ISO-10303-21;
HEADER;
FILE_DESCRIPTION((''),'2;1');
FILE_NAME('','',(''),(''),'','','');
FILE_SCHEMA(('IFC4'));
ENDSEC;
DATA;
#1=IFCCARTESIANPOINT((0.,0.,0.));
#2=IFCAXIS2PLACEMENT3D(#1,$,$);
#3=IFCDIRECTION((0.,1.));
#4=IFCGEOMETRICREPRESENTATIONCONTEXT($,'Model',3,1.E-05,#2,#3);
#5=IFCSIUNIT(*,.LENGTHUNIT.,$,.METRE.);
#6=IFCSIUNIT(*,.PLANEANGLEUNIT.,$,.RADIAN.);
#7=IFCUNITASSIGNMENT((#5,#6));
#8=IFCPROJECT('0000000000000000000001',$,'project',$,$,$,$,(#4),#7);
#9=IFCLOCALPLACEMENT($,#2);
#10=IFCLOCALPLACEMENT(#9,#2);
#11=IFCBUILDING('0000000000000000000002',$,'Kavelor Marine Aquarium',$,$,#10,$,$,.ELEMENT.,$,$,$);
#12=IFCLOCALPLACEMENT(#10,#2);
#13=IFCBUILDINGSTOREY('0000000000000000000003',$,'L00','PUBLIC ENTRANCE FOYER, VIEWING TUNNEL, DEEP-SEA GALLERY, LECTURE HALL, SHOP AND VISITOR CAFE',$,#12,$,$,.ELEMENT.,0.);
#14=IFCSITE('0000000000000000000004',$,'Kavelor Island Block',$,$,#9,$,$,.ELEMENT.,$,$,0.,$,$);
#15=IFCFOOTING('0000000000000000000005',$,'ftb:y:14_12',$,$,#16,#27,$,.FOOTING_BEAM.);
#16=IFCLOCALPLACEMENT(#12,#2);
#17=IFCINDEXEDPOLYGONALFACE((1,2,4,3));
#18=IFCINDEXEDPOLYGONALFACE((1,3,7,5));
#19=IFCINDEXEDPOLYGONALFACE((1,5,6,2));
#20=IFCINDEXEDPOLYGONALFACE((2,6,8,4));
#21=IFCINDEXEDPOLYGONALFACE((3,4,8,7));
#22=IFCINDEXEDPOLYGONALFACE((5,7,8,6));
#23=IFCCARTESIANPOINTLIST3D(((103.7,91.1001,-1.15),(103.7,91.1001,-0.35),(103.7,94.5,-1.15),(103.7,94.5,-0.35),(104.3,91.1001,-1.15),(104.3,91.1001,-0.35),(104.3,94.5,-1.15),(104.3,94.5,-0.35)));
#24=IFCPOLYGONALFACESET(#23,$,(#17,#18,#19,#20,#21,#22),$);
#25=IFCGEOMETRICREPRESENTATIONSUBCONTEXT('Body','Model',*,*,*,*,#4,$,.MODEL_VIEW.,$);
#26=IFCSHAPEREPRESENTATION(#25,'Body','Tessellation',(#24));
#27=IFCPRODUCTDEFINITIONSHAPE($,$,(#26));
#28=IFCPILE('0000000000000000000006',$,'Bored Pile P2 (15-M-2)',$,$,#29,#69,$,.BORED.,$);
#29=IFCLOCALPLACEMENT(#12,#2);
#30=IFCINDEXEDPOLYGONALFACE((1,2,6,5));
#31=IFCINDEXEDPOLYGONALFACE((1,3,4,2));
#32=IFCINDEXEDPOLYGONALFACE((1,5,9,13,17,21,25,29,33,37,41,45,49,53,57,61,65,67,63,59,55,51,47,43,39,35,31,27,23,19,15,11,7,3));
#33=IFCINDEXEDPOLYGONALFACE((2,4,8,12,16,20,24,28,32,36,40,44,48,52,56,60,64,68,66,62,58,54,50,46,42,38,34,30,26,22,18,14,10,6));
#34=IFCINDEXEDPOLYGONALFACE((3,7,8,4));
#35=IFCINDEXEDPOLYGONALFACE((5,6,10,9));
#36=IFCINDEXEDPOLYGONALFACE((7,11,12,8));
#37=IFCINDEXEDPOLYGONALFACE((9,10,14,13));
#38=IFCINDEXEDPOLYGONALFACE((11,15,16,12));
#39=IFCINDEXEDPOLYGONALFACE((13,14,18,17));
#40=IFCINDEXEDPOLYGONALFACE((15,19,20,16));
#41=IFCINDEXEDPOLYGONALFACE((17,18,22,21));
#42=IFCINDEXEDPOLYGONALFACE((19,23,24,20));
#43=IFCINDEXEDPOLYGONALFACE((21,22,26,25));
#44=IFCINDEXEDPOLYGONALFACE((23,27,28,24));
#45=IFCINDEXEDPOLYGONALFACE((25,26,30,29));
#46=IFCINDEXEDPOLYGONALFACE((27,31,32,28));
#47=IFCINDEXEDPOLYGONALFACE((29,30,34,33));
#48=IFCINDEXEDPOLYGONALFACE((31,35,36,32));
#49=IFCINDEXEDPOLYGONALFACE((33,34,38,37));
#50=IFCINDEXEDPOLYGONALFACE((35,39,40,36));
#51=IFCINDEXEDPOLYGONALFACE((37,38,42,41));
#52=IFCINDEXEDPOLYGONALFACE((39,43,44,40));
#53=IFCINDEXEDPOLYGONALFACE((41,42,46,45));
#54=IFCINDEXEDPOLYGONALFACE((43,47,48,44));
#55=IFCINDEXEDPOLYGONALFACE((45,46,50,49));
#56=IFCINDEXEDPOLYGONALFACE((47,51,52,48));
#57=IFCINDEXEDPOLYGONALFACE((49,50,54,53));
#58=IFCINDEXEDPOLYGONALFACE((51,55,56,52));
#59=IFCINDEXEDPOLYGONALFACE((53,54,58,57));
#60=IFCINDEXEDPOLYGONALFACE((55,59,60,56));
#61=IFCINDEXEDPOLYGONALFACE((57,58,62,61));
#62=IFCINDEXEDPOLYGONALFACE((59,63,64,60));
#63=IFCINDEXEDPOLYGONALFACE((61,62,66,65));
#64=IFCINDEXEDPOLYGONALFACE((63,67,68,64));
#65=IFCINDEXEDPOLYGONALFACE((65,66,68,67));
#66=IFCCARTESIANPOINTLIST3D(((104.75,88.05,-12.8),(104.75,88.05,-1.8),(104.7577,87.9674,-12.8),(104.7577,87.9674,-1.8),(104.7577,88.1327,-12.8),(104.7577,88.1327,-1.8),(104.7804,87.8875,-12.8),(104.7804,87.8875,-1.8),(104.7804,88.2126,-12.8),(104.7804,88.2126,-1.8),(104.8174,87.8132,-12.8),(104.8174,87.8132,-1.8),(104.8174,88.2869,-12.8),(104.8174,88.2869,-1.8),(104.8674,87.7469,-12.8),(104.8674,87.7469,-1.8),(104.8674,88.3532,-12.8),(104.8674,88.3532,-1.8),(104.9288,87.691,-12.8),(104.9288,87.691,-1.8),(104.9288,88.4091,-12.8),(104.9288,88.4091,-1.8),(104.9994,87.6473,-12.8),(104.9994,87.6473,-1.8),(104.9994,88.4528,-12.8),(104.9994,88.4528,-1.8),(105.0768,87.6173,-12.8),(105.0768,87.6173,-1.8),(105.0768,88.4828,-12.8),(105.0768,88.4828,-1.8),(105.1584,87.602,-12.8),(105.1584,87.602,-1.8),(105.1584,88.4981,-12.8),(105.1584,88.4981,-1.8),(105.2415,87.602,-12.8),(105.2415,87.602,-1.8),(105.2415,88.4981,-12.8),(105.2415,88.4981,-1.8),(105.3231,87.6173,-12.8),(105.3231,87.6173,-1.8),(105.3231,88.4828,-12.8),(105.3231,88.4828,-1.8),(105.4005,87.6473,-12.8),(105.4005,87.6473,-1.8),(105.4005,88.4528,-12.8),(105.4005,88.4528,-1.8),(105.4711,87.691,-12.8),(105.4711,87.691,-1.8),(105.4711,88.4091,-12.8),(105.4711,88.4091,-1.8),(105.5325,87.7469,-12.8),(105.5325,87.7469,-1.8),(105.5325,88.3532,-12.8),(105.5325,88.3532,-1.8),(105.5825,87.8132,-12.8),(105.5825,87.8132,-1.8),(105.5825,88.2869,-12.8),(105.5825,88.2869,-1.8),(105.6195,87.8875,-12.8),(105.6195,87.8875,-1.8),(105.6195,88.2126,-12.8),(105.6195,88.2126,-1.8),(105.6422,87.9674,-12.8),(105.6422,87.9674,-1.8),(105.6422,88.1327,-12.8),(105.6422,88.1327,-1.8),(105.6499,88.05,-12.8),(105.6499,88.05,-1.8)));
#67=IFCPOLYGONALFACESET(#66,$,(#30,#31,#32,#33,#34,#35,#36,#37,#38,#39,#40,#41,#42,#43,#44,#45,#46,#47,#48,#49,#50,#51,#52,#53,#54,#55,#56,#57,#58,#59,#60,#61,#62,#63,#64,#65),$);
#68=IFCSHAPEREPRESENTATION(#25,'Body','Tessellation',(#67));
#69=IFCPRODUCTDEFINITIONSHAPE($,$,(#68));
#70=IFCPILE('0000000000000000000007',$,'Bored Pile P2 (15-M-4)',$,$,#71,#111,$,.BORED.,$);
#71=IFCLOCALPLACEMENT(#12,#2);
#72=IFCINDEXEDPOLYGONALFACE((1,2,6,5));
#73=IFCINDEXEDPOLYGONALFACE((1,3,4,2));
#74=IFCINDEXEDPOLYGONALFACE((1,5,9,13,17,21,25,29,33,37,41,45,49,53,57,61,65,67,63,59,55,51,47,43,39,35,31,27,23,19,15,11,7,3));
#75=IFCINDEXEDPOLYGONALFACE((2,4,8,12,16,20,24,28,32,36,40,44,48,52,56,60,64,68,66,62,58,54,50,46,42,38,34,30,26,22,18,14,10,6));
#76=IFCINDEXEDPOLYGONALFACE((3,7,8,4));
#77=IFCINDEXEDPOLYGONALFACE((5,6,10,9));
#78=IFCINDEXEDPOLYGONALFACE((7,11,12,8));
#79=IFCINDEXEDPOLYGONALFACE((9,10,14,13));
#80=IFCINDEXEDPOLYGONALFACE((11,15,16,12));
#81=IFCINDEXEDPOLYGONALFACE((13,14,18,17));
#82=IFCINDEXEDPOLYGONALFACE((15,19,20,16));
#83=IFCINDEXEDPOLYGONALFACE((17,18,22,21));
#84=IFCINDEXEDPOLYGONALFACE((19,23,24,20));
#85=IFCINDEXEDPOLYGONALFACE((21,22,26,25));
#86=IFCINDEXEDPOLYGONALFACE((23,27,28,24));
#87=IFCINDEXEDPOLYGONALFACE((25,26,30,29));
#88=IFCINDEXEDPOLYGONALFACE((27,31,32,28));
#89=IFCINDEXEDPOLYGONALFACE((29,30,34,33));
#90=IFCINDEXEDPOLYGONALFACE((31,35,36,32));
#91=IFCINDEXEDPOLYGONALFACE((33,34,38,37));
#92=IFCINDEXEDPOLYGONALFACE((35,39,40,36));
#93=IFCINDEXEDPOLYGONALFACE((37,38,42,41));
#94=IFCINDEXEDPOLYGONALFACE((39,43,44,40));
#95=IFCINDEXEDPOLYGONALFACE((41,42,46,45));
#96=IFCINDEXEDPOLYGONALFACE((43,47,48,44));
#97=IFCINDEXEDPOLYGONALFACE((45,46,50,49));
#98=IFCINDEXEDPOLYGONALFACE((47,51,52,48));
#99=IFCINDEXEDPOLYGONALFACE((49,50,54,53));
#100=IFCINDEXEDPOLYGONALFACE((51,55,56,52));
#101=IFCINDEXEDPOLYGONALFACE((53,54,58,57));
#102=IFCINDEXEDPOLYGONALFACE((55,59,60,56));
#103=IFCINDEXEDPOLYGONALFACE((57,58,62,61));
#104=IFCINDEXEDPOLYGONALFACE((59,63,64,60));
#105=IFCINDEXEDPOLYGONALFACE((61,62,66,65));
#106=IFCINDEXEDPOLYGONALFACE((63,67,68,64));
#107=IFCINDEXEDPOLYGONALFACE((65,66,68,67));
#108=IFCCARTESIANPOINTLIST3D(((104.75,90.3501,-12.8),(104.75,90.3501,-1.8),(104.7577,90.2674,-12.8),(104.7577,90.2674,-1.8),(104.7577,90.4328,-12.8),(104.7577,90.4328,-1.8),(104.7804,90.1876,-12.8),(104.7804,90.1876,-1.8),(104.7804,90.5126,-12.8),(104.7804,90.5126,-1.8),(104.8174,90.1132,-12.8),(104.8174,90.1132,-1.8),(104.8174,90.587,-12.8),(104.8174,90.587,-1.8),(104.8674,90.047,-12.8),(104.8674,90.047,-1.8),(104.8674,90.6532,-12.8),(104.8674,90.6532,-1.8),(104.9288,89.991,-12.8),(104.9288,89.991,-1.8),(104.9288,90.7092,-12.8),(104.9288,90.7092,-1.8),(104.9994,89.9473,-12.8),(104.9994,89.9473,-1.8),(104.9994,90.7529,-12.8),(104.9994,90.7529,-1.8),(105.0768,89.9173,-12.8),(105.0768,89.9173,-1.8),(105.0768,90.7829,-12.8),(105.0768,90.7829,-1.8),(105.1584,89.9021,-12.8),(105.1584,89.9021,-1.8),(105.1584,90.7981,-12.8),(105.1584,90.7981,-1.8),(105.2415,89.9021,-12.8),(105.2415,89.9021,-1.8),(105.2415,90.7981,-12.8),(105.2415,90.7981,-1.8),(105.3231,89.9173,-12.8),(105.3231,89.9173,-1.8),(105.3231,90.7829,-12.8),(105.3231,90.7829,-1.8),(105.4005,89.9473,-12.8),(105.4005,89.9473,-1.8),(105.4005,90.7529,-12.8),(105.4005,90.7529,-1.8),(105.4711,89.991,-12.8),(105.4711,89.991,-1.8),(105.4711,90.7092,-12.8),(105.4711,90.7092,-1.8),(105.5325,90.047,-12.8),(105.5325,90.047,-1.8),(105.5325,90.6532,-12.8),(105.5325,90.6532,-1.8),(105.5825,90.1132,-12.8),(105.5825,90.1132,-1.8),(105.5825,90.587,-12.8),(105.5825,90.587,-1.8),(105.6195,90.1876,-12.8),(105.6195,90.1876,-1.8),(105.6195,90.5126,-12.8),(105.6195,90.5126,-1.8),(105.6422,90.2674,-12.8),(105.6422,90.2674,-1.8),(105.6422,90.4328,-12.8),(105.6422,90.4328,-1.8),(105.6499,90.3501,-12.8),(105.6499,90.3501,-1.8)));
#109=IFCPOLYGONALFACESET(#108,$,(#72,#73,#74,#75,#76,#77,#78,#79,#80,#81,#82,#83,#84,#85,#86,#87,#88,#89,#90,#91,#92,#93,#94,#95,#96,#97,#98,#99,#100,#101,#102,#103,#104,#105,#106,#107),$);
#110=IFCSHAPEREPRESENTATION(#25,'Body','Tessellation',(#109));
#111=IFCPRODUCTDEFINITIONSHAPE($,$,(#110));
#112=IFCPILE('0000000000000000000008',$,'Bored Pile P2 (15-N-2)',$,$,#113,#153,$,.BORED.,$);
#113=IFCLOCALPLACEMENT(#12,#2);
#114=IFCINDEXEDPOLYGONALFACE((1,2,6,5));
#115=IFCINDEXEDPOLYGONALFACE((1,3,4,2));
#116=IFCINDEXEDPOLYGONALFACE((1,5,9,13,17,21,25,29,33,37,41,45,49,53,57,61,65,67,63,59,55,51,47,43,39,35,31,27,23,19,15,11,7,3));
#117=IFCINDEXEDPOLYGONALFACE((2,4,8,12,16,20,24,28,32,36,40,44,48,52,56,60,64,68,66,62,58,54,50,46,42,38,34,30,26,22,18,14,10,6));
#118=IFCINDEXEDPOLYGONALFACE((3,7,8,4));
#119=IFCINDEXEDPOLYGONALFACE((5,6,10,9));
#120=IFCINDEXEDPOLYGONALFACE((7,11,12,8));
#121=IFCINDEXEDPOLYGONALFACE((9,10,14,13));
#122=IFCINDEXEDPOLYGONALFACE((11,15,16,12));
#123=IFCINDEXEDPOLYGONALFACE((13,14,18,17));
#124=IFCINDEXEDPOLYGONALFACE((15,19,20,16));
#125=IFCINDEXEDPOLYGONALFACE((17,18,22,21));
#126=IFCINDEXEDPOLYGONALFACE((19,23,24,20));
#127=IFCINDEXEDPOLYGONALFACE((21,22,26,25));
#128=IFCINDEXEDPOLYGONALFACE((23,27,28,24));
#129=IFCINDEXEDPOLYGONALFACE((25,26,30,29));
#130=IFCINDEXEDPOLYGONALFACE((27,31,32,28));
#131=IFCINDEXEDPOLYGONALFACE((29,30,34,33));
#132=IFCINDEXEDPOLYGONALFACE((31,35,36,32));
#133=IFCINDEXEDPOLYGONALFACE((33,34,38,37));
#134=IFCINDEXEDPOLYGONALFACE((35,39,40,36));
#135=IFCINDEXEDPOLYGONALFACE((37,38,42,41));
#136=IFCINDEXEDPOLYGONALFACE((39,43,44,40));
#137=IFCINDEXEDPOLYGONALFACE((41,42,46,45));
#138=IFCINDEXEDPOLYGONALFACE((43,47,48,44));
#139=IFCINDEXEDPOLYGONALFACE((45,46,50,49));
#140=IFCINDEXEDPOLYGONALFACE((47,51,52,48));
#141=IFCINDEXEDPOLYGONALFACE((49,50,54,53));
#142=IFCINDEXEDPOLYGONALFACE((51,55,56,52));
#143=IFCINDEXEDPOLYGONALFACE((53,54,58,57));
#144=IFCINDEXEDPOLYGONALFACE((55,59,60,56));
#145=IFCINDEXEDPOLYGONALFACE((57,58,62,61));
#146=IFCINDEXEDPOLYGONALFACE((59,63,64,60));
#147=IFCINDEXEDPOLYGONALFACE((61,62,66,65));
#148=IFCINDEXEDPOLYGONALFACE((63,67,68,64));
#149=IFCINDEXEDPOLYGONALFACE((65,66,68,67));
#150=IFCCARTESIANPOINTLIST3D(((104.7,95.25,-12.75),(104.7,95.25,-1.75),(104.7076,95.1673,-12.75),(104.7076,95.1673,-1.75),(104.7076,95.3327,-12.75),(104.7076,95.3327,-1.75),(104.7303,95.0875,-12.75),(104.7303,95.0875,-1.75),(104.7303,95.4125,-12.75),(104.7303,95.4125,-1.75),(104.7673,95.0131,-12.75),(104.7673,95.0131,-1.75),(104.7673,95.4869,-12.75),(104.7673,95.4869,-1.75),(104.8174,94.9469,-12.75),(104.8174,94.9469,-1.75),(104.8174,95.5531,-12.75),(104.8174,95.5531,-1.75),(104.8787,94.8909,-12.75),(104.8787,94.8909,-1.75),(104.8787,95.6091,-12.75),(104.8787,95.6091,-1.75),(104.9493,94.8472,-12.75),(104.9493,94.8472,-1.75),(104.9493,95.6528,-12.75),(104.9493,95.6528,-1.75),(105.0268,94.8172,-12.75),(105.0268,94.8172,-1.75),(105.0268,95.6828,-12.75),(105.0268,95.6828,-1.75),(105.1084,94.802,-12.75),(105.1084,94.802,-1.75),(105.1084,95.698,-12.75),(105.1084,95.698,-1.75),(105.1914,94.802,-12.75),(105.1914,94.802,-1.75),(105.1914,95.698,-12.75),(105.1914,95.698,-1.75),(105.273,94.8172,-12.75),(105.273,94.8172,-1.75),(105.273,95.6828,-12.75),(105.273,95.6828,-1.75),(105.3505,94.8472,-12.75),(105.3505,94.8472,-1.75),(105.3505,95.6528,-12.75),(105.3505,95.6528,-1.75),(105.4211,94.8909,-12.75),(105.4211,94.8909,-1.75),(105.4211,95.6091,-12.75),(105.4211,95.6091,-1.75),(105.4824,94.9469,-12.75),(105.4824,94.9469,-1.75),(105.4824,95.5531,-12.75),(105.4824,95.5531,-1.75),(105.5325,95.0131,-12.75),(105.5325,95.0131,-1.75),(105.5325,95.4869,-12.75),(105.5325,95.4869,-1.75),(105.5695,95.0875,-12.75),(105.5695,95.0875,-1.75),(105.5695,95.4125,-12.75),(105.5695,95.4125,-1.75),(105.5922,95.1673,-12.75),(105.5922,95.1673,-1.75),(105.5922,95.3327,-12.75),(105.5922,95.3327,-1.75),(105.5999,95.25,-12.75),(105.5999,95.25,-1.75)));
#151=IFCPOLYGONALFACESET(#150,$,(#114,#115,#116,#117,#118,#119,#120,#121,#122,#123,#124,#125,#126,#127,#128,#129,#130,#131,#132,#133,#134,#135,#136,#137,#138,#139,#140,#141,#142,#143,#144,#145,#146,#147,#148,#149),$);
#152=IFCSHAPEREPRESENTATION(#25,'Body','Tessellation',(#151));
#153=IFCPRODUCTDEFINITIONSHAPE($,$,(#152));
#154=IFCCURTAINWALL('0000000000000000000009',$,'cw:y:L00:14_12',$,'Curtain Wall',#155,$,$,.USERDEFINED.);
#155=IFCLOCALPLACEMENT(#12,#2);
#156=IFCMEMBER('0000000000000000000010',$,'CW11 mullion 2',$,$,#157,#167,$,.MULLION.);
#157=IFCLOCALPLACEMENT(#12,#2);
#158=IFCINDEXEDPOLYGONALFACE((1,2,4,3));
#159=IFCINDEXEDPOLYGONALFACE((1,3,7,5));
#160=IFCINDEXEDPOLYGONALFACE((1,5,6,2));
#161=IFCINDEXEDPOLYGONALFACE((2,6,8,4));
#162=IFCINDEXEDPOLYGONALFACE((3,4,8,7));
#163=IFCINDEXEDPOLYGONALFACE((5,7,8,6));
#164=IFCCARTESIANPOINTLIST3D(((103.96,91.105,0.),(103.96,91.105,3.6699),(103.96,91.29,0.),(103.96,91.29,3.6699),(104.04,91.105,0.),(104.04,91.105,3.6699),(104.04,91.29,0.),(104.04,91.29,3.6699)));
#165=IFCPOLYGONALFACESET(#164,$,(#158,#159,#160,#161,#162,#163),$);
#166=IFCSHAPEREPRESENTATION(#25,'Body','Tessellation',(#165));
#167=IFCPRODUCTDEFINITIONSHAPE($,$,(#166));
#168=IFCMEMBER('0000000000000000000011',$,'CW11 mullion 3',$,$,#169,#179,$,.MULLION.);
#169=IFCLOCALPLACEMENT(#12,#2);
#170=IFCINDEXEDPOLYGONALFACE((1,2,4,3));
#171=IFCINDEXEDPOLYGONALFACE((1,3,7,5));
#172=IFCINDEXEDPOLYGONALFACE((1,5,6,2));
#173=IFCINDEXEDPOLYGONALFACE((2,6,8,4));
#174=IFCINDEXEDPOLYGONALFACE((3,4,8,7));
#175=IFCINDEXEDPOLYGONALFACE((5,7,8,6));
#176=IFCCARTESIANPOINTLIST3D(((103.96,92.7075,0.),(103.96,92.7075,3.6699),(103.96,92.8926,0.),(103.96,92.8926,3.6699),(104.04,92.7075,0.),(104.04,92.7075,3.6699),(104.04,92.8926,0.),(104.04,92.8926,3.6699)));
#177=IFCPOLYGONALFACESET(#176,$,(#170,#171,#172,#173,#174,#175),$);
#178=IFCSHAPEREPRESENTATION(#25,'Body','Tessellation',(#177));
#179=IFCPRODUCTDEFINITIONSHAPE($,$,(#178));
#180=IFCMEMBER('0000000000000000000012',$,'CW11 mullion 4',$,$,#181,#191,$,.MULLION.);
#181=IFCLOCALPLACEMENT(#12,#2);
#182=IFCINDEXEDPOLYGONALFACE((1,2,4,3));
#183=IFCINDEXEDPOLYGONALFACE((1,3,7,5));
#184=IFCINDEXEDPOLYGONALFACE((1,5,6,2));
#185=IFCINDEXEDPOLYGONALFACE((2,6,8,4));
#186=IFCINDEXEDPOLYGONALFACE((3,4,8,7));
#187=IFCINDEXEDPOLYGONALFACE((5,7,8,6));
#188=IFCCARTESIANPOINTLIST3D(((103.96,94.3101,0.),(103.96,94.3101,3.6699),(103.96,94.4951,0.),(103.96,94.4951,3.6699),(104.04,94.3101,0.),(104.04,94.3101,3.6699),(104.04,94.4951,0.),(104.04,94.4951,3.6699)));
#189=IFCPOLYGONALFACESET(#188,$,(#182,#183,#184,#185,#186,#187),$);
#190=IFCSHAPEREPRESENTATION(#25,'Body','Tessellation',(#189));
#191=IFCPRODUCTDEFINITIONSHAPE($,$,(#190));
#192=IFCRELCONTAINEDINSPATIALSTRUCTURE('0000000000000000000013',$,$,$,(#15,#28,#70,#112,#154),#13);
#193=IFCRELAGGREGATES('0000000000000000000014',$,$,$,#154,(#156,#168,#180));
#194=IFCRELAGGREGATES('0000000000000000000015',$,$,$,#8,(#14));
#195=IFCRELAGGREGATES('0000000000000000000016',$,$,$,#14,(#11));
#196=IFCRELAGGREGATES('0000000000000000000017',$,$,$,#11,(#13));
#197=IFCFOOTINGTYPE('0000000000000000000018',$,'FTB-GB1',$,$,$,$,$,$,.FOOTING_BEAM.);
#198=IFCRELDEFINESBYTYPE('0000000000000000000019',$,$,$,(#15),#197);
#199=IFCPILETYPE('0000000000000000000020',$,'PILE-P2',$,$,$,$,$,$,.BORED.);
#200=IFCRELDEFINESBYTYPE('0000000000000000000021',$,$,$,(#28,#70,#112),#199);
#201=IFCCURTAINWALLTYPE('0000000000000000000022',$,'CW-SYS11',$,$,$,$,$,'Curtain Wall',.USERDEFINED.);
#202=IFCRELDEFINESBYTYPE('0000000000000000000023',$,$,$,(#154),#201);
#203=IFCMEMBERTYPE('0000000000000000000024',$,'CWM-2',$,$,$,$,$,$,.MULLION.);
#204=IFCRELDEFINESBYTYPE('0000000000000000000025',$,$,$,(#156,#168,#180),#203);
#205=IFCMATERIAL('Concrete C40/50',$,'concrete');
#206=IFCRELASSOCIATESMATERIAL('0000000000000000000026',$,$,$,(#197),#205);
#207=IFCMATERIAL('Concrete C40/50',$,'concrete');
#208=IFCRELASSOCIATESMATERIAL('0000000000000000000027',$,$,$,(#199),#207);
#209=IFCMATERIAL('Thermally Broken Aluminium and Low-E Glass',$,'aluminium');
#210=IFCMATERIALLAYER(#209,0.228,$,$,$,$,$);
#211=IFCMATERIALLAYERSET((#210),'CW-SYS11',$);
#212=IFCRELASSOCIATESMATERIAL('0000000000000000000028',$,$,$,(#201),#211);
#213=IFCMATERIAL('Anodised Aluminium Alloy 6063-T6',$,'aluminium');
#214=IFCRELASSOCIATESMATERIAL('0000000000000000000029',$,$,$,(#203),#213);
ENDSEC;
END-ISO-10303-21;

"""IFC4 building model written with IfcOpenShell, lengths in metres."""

from ifc_helpers import new_model, si_unit, direction, frame, origin, origin_2d, place, context, subcontext, project, spatial, rectangle, circle, extrude, material, layer, layer_set, material_profile, profile_set, type_object, element, aggregate, save


model = new_model("IFC4")

# Units and contexts
model_context = context("Model", 3, precision=1e-05, world=origin(), true_north=direction((0.0, 1.0)))
body_context = subcontext(model_context, "Body", "Model", "MODEL_VIEW")
ifc_project = project(units=[si_unit("LENGTHUNIT", "METRE"), si_unit("PLANEANGLEUNIT", "RADIAN")], contexts=[model_context])

# Site, building, storey
site_placement = place(None, origin())
site = spatial("IfcSite", under=ifc_project, at=site_placement, Name="Kavelor Island Block", CompositionType="ELEMENT", RefElevation=0.0)
building_placement = place(site_placement, origin())
building = spatial("IfcBuilding", under=site, at=building_placement, Name="Kavelor Marine Aquarium", CompositionType="ELEMENT")
storey_placement = place(building_placement, origin())
storey = spatial("IfcBuildingStorey", under=building, at=storey_placement, Name="L00", Description="PUBLIC ENTRANCE FOYER, VIEWING TUNNEL, DEEP-SEA GALLERY, LECTURE HALL, SHOP AND VISITOR CAFE", CompositionType="ELEMENT", Elevation=0.0)

# Footing
ifc_material_1 = material(Name="Concrete C40/50", Category="concrete")
ifc_material_profile_1 = material_profile(ifc_material_1, rectangle(XDim=0.6001, YDim=0.8, at=origin_2d()), Name="GB 600x800")
ifc_profile_set_1 = profile_set([ifc_material_profile_1], Name="Concrete C40/50")
footing_type = type_object("IfcFootingType", Name="FTB-GB1", PredefinedType="FOOTING_BEAM", material=ifc_profile_set_1)
footing_placement = place(storey_placement, frame((104.0, 91.1001, -0.75), z_axis=(0.0, 1.0, 0.0), x_axis=(-1.0, 0.0, 0.0)))
element("IfcFooting", 1, at=footing_placement, inside=storey, type_object=footing_type, Name="ftb:y:14_12", PredefinedType="FOOTING_BEAM", context=body_context, shape_type="SweptSolid", body=[
    extrude(rectangle(XDim=0.6001, YDim=0.8, at=origin_2d()), origin(), (0.0, 0.0, 1.0), 3.3999),
])

# Piles
ifc_material_2 = material(Name="Concrete C40/50", Category="concrete")
ifc_material_profile_2 = material_profile(ifc_material_2, circle(Radius=0.45, at=origin_2d()), Name="PILE D900")
ifc_profile_set_2 = profile_set([ifc_material_profile_2], Name="Concrete C40/50")
pile_type = type_object("IfcPileType", Name="PILE-P2", PredefinedType="BORED", material=ifc_profile_set_2)
for number, where, z_axis, x_axis, name in (
    (2, (105.2, 88.05, -1.8), (0.0, 0.0, -1.0), (1.0, 0.0, 0.0), "Bored Pile P2 (15-M-2)"),
    (3, (105.2, 90.3501, -1.8), (0.0, 0.0, -1.0), (1.0, 0.0, 0.0), "Bored Pile P2 (15-M-4)"),
    (4, (105.1499, 95.25, -1.75), (0.0, 0.0, -1.0), (1.0, 0.0, 0.0), "Bored Pile P2 (15-N-2)"),
):
    element("IfcPile", number, at=place(storey_placement, frame(where, z_axis=z_axis, x_axis=x_axis)), inside=storey, type_object=pile_type, Name=name, PredefinedType="BORED", context=body_context, shape_type="SweptSolid", body=[
        extrude(circle(Radius=0.45, at=origin_2d()), origin(), (0.0, 0.0, 1.0), 11.0),
    ])

# Curtain wall, members
ifc_material_3 = material(Name="Thermally Broken Aluminium and Low-E Glass", Category="aluminium")
ifc_layer_1 = layer(ifc_material_3, 0.228)
ifc_layer_set_1 = layer_set([ifc_layer_1], Name="CW-SYS11")
curtain_wall_type = type_object("IfcCurtainWallType", Name="CW-SYS11", ElementType="Curtain Wall", PredefinedType="USERDEFINED", material=ifc_layer_set_1)
curtain_wall_placement = place(storey_placement, origin())
curtain_wall = element("IfcCurtainWall", 5, at=curtain_wall_placement, inside=storey, type_object=curtain_wall_type, Name="cw:y:L00:14_12", ObjectType="Curtain Wall", PredefinedType="USERDEFINED")
ifc_material_4 = material(Name="Anodised Aluminium Alloy 6063-T6", Category="aluminium")
ifc_material_profile_3 = material_profile(ifc_material_4, rectangle(XDim=0.0801, YDim=0.1851, at=origin_2d()), Name="CW-MUL 80x185")
ifc_profile_set_3 = profile_set([ifc_material_profile_3], Name="Anodised Aluminium Alloy 6063-T6")
member_type_1 = type_object("IfcMemberType", Name="CWM-2", PredefinedType="MULLION", material=ifc_profile_set_3)
member_1_placement = place(storey_placement, frame((104.0, 91.1975, 0.0), z_axis=(0.0, 0.0, 1.0), x_axis=(-1.0, 0.0, 0.0)))
member_1 = element("IfcMember", 6, at=member_1_placement, type_object=member_type_1, Name="CW11 mullion 2", PredefinedType="MULLION", context=body_context, shape_type="SweptSolid", body=[
    extrude(rectangle(XDim=0.0801, YDim=0.1851, at=origin_2d()), origin(), (0.0, 0.0, 1.0), 3.6699),
])
member_2_placement = place(storey_placement, frame((104.0, 92.8, 0.0), z_axis=(0.0, 0.0, 1.0), x_axis=(-1.0, 0.0, 0.0)))
member_2 = element("IfcMember", 7, at=member_2_placement, type_object=member_type_1, Name="CW11 mullion 3", PredefinedType="MULLION", context=body_context, shape_type="SweptSolid", body=[
    extrude(rectangle(XDim=0.0801, YDim=0.1851, at=origin_2d()), origin(), (0.0, 0.0, 1.0), 3.6699),
])
member_3_placement = place(storey_placement, frame((104.0, 94.4026, 0.0), z_axis=(0.0, 0.0, 1.0), x_axis=(-1.0, 0.0, 0.0)))
member_3 = element("IfcMember", 8, at=member_3_placement, type_object=member_type_1, Name="CW11 mullion 4", PredefinedType="MULLION", context=body_context, shape_type="SweptSolid", body=[
    extrude(rectangle(XDim=0.0801, YDim=0.1851, at=origin_2d()), origin(), (0.0, 0.0, 1.0), 3.6699),
])
aggregate(curtain_wall, [member_1, member_2, member_3])

save(model, "model.ifc")
